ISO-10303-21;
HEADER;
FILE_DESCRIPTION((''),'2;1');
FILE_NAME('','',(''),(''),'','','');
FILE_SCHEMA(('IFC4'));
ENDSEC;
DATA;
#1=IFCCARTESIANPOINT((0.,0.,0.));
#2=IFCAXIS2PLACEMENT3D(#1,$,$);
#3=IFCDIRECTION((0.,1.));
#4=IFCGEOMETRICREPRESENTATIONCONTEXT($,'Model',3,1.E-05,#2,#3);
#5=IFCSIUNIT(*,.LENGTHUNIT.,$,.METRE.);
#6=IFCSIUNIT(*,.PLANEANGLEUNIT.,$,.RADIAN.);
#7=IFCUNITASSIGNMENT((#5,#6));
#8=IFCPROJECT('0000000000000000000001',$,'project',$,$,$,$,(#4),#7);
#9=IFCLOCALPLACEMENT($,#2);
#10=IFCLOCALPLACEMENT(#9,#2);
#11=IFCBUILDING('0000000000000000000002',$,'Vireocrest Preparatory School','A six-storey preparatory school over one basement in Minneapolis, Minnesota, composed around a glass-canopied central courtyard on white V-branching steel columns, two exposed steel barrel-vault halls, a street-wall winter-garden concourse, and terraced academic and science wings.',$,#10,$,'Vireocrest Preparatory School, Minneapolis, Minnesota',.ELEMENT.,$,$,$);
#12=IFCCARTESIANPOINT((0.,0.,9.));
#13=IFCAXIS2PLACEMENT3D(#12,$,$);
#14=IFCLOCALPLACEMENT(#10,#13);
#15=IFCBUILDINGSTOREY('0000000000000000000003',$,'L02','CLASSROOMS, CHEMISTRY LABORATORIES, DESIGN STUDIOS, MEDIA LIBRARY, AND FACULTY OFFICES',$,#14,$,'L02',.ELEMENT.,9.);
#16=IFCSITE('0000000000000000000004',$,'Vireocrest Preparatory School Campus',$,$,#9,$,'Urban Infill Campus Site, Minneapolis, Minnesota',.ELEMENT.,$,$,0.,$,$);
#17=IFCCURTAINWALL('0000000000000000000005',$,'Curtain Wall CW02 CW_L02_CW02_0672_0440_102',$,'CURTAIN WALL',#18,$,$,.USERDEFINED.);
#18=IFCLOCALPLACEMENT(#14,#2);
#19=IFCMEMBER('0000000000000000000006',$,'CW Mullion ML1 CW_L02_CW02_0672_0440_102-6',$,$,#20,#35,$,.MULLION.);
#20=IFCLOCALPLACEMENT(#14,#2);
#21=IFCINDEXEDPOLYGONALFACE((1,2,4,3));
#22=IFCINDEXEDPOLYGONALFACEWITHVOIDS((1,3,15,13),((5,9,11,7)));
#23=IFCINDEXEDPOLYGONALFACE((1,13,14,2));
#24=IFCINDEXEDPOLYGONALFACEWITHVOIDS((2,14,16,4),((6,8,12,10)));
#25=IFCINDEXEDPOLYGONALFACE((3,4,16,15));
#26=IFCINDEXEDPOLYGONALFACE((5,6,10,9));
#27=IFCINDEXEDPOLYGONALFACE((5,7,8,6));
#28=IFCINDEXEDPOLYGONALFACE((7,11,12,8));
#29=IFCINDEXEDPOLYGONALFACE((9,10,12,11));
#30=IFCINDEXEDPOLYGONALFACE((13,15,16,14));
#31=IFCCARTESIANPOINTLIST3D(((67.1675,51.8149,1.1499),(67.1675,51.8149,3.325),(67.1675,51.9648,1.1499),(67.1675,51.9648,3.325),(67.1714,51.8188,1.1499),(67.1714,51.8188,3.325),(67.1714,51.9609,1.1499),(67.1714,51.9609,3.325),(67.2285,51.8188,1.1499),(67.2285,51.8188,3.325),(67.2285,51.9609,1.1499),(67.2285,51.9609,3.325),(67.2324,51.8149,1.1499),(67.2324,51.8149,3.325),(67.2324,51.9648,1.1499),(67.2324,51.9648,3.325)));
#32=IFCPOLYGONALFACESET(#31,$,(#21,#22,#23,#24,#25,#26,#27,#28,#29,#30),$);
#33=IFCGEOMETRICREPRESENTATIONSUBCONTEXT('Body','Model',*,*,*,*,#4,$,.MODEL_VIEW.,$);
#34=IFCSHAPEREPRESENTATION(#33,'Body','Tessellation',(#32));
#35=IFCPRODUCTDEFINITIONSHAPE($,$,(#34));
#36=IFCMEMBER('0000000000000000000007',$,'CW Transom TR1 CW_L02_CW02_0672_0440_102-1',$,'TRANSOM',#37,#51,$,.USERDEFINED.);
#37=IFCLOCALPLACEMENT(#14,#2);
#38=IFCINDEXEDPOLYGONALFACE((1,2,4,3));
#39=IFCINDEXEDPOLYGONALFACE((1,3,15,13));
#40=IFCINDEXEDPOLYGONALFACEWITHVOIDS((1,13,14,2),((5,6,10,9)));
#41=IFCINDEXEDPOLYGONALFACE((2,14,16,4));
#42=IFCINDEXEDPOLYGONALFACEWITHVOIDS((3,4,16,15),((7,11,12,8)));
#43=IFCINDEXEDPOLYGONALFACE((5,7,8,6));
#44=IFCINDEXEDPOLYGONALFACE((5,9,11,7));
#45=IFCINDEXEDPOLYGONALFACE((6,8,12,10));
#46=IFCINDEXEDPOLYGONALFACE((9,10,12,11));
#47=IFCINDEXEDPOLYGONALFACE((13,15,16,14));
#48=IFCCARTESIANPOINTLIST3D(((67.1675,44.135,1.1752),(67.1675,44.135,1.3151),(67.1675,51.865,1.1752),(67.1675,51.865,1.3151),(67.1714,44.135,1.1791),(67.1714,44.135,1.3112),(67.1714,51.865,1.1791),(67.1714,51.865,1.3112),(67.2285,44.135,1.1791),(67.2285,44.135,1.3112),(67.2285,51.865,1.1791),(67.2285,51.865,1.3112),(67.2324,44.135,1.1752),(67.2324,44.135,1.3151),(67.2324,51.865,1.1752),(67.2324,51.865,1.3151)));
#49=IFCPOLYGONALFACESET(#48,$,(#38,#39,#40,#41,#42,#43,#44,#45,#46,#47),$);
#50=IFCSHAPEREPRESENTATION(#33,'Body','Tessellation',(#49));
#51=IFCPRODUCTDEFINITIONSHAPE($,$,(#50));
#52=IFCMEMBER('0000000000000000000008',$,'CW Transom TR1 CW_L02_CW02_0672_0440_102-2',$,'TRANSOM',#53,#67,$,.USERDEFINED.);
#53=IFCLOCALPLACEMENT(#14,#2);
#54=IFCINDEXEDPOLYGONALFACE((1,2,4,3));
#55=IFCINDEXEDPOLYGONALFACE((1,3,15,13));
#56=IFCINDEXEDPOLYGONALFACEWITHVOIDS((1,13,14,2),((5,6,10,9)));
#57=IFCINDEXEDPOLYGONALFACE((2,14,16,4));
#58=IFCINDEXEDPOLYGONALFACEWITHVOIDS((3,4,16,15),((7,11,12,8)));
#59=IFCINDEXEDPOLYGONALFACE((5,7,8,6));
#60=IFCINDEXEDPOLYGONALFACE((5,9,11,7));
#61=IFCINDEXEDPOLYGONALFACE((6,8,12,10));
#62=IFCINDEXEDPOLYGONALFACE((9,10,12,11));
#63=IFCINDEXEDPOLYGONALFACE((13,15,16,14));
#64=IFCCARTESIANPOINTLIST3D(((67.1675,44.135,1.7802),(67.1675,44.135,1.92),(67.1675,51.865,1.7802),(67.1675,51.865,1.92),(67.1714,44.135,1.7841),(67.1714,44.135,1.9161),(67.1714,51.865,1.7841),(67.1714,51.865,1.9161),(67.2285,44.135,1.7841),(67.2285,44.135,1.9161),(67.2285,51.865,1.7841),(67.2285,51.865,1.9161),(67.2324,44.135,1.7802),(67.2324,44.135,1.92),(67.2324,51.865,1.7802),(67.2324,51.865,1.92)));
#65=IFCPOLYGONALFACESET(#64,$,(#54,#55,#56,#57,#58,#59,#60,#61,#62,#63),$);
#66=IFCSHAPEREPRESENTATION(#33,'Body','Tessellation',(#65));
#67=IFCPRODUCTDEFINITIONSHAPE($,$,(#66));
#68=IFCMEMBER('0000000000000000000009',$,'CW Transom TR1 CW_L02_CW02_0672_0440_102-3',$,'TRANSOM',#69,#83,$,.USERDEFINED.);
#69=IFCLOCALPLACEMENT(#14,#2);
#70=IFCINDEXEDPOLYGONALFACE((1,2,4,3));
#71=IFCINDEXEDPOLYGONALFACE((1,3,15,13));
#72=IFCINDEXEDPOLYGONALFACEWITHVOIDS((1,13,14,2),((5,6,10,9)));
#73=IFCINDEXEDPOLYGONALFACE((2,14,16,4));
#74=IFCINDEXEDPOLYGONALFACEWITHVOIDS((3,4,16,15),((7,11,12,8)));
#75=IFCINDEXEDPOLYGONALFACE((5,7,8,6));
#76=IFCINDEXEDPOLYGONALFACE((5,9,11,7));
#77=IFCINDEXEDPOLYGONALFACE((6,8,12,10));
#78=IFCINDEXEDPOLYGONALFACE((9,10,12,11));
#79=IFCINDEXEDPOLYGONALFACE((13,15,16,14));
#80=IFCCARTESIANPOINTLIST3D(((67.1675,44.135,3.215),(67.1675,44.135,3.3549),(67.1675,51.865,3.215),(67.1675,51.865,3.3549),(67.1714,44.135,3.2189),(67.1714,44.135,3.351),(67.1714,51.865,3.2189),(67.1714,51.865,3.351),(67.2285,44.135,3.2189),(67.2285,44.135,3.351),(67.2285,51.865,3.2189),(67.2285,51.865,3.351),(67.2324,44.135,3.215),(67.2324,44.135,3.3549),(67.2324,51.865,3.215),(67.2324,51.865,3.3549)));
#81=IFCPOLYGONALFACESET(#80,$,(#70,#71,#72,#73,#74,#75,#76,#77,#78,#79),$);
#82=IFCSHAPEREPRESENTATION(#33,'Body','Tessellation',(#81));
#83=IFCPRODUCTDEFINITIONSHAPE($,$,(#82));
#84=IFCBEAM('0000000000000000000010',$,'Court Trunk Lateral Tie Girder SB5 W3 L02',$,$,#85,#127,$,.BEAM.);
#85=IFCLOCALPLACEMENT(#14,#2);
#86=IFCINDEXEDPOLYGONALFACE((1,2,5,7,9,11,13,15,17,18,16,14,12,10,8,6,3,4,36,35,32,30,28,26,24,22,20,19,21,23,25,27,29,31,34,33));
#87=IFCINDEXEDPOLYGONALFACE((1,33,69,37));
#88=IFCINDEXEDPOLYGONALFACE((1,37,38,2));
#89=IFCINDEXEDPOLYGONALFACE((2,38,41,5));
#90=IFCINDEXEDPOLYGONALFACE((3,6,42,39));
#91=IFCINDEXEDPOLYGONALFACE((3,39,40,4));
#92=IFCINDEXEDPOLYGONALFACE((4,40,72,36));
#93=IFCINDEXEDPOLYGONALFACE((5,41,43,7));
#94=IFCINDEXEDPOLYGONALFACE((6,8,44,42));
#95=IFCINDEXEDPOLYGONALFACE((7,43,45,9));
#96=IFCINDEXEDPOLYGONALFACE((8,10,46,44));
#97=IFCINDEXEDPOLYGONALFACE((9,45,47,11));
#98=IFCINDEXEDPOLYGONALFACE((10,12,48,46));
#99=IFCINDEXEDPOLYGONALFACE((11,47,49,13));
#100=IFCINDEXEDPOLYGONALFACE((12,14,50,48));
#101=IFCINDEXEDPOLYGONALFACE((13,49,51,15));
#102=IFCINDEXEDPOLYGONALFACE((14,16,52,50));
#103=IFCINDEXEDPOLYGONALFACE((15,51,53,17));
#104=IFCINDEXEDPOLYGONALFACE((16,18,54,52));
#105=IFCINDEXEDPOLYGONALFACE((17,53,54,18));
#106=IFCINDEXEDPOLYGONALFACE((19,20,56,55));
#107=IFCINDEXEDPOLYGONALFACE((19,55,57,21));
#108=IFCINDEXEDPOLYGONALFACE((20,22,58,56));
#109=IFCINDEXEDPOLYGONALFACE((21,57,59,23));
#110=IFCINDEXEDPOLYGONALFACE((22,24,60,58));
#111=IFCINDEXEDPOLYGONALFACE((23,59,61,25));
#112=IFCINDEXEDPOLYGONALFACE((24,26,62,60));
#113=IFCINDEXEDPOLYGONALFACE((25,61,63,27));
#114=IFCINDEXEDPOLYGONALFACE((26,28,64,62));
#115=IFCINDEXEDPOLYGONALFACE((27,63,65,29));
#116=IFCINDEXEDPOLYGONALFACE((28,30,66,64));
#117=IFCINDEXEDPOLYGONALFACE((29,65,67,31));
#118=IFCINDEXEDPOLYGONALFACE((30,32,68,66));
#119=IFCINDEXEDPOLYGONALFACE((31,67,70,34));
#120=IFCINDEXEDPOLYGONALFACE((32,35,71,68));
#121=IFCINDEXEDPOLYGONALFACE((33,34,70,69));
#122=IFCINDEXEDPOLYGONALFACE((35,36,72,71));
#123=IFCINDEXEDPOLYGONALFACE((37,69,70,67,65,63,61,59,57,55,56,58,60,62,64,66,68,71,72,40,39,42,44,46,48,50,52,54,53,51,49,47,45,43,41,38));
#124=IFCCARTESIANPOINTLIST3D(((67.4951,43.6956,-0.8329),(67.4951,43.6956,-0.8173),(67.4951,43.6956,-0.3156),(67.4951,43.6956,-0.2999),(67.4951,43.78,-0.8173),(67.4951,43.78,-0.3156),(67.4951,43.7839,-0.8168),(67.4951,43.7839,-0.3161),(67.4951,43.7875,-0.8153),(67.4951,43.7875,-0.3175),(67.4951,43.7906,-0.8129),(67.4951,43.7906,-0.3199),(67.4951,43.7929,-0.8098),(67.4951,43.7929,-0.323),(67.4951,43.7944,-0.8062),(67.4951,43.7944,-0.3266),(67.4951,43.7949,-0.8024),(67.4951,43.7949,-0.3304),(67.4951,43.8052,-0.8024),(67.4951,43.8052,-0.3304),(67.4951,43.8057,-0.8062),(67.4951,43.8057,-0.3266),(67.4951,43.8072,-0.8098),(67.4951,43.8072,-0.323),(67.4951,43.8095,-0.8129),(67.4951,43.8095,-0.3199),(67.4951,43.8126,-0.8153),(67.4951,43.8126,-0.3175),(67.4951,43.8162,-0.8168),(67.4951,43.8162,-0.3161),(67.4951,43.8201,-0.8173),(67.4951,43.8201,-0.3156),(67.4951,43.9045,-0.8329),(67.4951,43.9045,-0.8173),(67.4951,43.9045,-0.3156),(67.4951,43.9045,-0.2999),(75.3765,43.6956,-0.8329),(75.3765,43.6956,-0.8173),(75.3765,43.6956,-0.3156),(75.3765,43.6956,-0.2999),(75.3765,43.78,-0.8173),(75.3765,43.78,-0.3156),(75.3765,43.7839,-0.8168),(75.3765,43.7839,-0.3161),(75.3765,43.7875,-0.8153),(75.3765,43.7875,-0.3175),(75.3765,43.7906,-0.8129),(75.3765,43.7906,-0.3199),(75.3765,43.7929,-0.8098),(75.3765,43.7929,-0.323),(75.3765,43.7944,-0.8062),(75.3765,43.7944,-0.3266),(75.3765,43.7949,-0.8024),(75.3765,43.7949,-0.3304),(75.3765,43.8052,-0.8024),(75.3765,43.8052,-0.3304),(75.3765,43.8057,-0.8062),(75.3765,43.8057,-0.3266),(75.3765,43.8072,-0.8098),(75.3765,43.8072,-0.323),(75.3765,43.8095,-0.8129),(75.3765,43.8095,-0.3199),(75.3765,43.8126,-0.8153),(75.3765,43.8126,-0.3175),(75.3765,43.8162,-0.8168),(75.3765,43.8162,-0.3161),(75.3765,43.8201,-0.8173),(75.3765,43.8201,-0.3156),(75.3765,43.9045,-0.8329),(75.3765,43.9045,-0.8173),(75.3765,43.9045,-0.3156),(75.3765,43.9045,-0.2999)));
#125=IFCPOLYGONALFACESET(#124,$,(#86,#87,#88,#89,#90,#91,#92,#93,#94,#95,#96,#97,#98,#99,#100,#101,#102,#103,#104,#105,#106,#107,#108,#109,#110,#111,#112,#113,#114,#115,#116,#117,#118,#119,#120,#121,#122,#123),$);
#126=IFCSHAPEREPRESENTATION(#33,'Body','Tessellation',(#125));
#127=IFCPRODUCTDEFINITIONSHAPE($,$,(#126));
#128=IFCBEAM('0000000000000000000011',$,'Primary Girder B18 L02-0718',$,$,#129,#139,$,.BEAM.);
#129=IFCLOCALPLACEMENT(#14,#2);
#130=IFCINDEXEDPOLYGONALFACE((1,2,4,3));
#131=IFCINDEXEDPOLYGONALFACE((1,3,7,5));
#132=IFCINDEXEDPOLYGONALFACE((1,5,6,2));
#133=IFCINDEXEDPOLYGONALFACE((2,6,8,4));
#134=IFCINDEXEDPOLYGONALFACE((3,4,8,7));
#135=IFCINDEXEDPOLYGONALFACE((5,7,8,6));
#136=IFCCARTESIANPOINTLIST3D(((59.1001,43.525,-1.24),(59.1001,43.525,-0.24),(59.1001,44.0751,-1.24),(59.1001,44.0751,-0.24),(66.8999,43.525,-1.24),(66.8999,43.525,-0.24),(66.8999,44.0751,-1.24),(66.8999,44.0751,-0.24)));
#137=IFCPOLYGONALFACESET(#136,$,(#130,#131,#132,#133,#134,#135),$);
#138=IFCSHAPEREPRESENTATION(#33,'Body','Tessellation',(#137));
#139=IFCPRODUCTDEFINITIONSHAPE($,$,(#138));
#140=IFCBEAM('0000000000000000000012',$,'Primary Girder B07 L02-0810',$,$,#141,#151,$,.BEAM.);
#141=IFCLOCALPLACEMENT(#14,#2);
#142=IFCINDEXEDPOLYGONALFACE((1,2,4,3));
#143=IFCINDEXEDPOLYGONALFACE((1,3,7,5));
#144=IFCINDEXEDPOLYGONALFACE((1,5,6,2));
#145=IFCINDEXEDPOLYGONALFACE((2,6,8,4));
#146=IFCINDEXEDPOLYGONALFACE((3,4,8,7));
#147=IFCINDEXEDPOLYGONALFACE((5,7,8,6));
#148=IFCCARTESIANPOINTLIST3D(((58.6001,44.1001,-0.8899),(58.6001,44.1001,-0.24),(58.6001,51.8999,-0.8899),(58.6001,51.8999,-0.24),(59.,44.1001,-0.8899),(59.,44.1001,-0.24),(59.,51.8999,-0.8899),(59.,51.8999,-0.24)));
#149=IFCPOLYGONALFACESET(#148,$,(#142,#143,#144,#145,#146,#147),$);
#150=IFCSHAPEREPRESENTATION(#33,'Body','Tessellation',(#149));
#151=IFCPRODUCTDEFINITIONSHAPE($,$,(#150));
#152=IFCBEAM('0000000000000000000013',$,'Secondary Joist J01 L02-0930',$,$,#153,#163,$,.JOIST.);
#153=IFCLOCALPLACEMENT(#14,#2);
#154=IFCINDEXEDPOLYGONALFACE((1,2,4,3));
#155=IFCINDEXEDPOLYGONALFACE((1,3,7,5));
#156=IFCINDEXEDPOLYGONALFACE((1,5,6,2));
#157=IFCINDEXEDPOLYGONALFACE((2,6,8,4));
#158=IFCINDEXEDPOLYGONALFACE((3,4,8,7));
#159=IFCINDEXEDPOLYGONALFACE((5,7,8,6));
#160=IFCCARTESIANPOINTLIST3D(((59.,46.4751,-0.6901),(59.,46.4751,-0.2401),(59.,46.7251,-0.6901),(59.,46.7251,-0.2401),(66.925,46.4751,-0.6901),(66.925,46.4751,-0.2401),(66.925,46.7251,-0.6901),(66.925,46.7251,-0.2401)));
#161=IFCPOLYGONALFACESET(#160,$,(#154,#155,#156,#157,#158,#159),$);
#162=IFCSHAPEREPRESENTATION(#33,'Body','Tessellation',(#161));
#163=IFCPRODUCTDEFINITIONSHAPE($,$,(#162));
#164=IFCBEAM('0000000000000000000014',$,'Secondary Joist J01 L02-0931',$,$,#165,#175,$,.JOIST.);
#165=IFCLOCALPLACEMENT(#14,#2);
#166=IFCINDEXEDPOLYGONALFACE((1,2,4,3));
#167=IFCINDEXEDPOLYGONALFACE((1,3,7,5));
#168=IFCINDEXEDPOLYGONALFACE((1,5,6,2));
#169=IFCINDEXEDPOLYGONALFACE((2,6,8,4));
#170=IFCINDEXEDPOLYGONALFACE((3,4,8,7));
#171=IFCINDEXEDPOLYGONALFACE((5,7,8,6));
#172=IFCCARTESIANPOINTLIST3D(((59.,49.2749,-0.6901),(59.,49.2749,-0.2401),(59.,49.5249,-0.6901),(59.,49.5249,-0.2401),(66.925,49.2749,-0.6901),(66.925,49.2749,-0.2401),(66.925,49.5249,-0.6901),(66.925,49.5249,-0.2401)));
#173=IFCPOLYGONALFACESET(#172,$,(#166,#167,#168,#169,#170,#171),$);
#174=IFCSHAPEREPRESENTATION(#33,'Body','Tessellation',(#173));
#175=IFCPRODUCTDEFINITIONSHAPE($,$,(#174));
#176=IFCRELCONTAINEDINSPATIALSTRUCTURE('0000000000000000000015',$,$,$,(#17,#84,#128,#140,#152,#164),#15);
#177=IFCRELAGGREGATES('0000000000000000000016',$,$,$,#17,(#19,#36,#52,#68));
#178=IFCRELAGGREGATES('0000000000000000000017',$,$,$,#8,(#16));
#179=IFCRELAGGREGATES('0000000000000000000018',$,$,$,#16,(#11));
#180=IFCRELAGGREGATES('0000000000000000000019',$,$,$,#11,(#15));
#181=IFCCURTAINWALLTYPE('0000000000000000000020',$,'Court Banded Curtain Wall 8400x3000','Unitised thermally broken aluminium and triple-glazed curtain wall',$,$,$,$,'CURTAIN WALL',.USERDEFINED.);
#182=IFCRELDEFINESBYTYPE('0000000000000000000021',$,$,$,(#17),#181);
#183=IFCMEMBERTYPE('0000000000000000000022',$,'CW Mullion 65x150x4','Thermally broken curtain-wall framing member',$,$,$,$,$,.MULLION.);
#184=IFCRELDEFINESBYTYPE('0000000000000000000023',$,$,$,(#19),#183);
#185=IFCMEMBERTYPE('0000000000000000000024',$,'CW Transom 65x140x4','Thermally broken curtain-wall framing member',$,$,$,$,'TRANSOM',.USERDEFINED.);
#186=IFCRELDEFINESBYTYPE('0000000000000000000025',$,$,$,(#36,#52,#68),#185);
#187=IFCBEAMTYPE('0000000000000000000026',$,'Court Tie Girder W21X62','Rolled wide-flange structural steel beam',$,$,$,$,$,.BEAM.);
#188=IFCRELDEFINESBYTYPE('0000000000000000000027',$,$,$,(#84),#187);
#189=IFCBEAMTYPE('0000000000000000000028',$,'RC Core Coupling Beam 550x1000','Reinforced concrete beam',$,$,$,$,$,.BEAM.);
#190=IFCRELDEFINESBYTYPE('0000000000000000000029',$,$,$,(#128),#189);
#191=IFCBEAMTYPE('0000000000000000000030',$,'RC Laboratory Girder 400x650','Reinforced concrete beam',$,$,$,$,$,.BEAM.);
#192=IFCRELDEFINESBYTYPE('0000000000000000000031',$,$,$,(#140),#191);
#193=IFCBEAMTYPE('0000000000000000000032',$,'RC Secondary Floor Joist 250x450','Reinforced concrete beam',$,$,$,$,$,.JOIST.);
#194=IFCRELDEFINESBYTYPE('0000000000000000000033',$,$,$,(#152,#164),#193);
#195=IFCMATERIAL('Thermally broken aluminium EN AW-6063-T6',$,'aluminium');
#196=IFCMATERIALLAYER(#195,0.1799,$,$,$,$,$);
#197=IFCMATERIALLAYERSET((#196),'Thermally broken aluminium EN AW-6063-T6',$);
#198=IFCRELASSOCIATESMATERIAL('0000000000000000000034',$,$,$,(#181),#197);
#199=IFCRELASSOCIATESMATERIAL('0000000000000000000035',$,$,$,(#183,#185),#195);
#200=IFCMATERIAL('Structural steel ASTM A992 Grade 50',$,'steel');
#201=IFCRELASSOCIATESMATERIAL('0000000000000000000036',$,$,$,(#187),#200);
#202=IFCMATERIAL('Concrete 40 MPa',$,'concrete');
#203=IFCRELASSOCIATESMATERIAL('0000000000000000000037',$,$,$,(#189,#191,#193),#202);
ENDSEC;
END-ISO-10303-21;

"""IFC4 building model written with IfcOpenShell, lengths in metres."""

from ifc_helpers import new_model, si_unit, direction, frame, origin, origin_2d, place, context, subcontext, project, spatial, rectangle, hollow_rectangle, i_section, extrude, material, layer, layer_set, material_profile, profile_set, type_object, element, aggregate, save


model = new_model("IFC4")

# Units and contexts
model_context = context("Model", 3, precision=1e-05, world=origin(), true_north=direction((0.0, 1.0)))
body_context = subcontext(model_context, "Body", "Model", "MODEL_VIEW")
ifc_project = project(units=[si_unit("LENGTHUNIT", "METRE"), si_unit("PLANEANGLEUNIT", "RADIAN")], contexts=[model_context])

# Site, building, storey
site_placement = place(None, origin())
site = spatial("IfcSite", under=ifc_project, at=site_placement, Name="Vireocrest Preparatory School Campus", LongName="Urban Infill Campus Site, Minneapolis, Minnesota", CompositionType="ELEMENT", RefElevation=0.0)
building_placement = place(site_placement, origin())
building = spatial("IfcBuilding", under=site, at=building_placement, Name="Vireocrest Preparatory School", Description="A six-storey preparatory school over one basement in Minneapolis, Minnesota, composed around a glass-canopied central courtyard on white V-branching steel columns, two exposed steel barrel-vault halls, a street-wall winter-garden concourse, and terraced academic and science wings.", LongName="Vireocrest Preparatory School, Minneapolis, Minnesota", CompositionType="ELEMENT")
storey_placement = place(building_placement, frame((0.0, 0.0, 9.0)))
storey = spatial("IfcBuildingStorey", under=building, at=storey_placement, Name="L02", Description="CLASSROOMS, CHEMISTRY LABORATORIES, DESIGN STUDIOS, MEDIA LIBRARY, AND FACULTY OFFICES", LongName="L02", CompositionType="ELEMENT", Elevation=9.0)

# Shared definitions
ifc_material_1 = material(Name="Thermally broken aluminium EN AW-6063-T6", Category="aluminium")
ifc_layer_1 = layer(ifc_material_1, 0.1799)
ifc_layer_set_1 = layer_set([ifc_layer_1], Name="Thermally broken aluminium EN AW-6063-T6")
curtain_wall_type = type_object("IfcCurtainWallType", Name="Court Banded Curtain Wall 8400x3000", Description="Unitised thermally broken aluminium and triple-glazed curtain wall", ElementType="CURTAIN WALL", PredefinedType="USERDEFINED", material=ifc_layer_set_1)
ifc_material_profile_1 = material_profile(ifc_material_1, hollow_rectangle(XDim=0.0649, YDim=0.1499, WallThickness=0.0039, at=origin_2d()), Name="ALU 65x150x4")
ifc_profile_set_1 = profile_set([ifc_material_profile_1], Name="Thermally broken aluminium EN AW-6063-T6")
member_type_1 = type_object("IfcMemberType", Name="CW Mullion 65x150x4", Description="Thermally broken curtain-wall framing member", PredefinedType="MULLION", material=ifc_profile_set_1)

# Curtain wall, members
curtain_wall_1_placement = place(storey_placement, origin())
curtain_wall_1 = element("IfcCurtainWall", 1, at=curtain_wall_1_placement, inside=storey, type_object=curtain_wall_type, Name="Curtain Wall CW02 CW_L02_CW02_0672_0440_102", ObjectType="CURTAIN WALL", PredefinedType="USERDEFINED")
member_1_placement = place(storey_placement, frame((67.2, 51.8899, 1.1499), z_axis=(0.0, 0.0, 1.0), x_axis=(1.0, 0.0, 0.0)))
member_1 = element("IfcMember", 2, at=member_1_placement, type_object=member_type_1, Name="CW Mullion ML1 CW_L02_CW02_0672_0440_102-6", PredefinedType="MULLION", context=body_context, shape_type="SweptSolid", body=[
    extrude(hollow_rectangle(XDim=0.0649, YDim=0.1499, WallThickness=0.0039, at=origin_2d()), origin(), (0.0, 0.0, 1.0), 2.175),
])
ifc_material_profile_2 = material_profile(ifc_material_1, hollow_rectangle(XDim=0.0649, YDim=0.1399, WallThickness=0.0039, at=origin_2d()), Name="ALU 65x140x4")
ifc_profile_set_2 = profile_set([ifc_material_profile_2], Name="Thermally broken aluminium EN AW-6063-T6")
member_type_2 = type_object("IfcMemberType", Name="CW Transom 65x140x4", Description="Thermally broken curtain-wall framing member", ElementType="TRANSOM", PredefinedType="USERDEFINED", material=ifc_profile_set_2)
member_2_placement = place(storey_placement, frame((67.2, 44.135, 1.2451), z_axis=(0.0, 1.0, 0.0), x_axis=(-1.0, 0.0, 0.0)))
member_2 = element("IfcMember", 3, at=member_2_placement, type_object=member_type_2, Name="CW Transom TR1 CW_L02_CW02_0672_0440_102-1", ObjectType="TRANSOM", PredefinedType="USERDEFINED", context=body_context, shape_type="SweptSolid", body=[
    extrude(hollow_rectangle(XDim=0.0649, YDim=0.1399, WallThickness=0.0039, at=origin_2d()), origin(), (0.0, 0.0, 1.0), 7.73),
])
member_3_placement = place(storey_placement, frame((67.2, 44.135, 1.8501), z_axis=(0.0, 1.0, 0.0), x_axis=(-1.0, 0.0, 0.0)))
member_3 = element("IfcMember", 4, at=member_3_placement, type_object=member_type_2, Name="CW Transom TR1 CW_L02_CW02_0672_0440_102-2", ObjectType="TRANSOM", PredefinedType="USERDEFINED", context=body_context, shape_type="SweptSolid", body=[
    extrude(hollow_rectangle(XDim=0.0649, YDim=0.1399, WallThickness=0.0039, at=origin_2d()), origin(), (0.0, 0.0, 1.0), 7.73),
])
member_4_placement = place(storey_placement, frame((67.2, 44.135, 3.2849), z_axis=(0.0, 1.0, 0.0), x_axis=(-1.0, 0.0, 0.0)))
member_4 = element("IfcMember", 5, at=member_4_placement, type_object=member_type_2, Name="CW Transom TR1 CW_L02_CW02_0672_0440_102-3", ObjectType="TRANSOM", PredefinedType="USERDEFINED", context=body_context, shape_type="SweptSolid", body=[
    extrude(hollow_rectangle(XDim=0.0649, YDim=0.1399, WallThickness=0.0039, at=origin_2d()), origin(), (0.0, 0.0, 1.0), 7.73),
])

# Beams
ifc_material_2 = material(Name="Structural steel ASTM A992 Grade 50", Category="steel")
ifc_material_profile_3 = material_profile(ifc_material_2, i_section(OverallWidth=0.209, OverallDepth=0.533, WebThickness=0.0103, FlangeThickness=0.0156, FilletRadius=0.0149, at=origin_2d()), Name="W21X62")
ifc_profile_set_3 = profile_set([ifc_material_profile_3], Name="Structural steel ASTM A992 Grade 50")
beam_type_1 = type_object("IfcBeamType", Name="Court Tie Girder W21X62", Description="Rolled wide-flange structural steel beam", PredefinedType="BEAM", material=ifc_profile_set_3)
beam_1_placement = place(storey_placement, frame((67.4951, 43.8, -0.5664), z_axis=(1.0, 0.0, 0.0), x_axis=(0.0, 1.0, 0.0)))
element("IfcBeam", 6, at=beam_1_placement, inside=storey, type_object=beam_type_1, Name="Court Trunk Lateral Tie Girder SB5 W3 L02", PredefinedType="BEAM", context=body_context, shape_type="SweptSolid", body=[
    extrude(i_section(OverallWidth=0.209, OverallDepth=0.533, WebThickness=0.0103, FlangeThickness=0.0156, FilletRadius=0.0149, at=origin_2d()), origin(), (0.0, 0.0, 1.0), 7.8813),
])
ifc_material_3 = material(Name="Concrete 40 MPa", Category="concrete")
ifc_material_profile_4 = material_profile(ifc_material_3, rectangle(XDim=0.55, YDim=1.0, at=origin_2d()), Name="RC 550x1000")
ifc_profile_set_4 = profile_set([ifc_material_profile_4], Name="Concrete 40 MPa")
beam_type_2 = type_object("IfcBeamType", Name="RC Core Coupling Beam 550x1000", Description="Reinforced concrete beam", PredefinedType="BEAM", material=ifc_profile_set_4)
beam_2_placement = place(storey_placement, frame((59.1001, 43.8, -0.74), z_axis=(1.0, 0.0, 0.0), x_axis=(0.0, 1.0, 0.0)))
element("IfcBeam", 7, at=beam_2_placement, inside=storey, type_object=beam_type_2, Name="Primary Girder B18 L02-0718", PredefinedType="BEAM", context=body_context, shape_type="SweptSolid", body=[
    extrude(rectangle(XDim=0.55, YDim=1.0, at=origin_2d()), origin(), (0.0, 0.0, 1.0), 7.7998),
])
ifc_material_profile_5 = material_profile(ifc_material_3, rectangle(XDim=0.3999, YDim=0.6499, at=origin_2d()), Name="RC 400x650")
ifc_profile_set_5 = profile_set([ifc_material_profile_5], Name="Concrete 40 MPa")
beam_type_3 = type_object("IfcBeamType", Name="RC Laboratory Girder 400x650", Description="Reinforced concrete beam", PredefinedType="BEAM", material=ifc_profile_set_5)
beam_3_placement = place(storey_placement, frame((58.8, 44.1001, -0.5649), z_axis=(0.0, 1.0, 0.0), x_axis=(-1.0, 0.0, 0.0)))
element("IfcBeam", 8, at=beam_3_placement, inside=storey, type_object=beam_type_3, Name="Primary Girder B07 L02-0810", PredefinedType="BEAM", context=body_context, shape_type="SweptSolid", body=[
    extrude(rectangle(XDim=0.3999, YDim=0.6499, at=origin_2d()), origin(), (0.0, 0.0, 1.0), 7.7998),
])
ifc_material_profile_6 = material_profile(ifc_material_3, rectangle(XDim=0.25, YDim=0.45, at=origin_2d()), Name="RC 250x450")
ifc_profile_set_6 = profile_set([ifc_material_profile_6], Name="Concrete 40 MPa")
beam_type_4 = type_object("IfcBeamType", Name="RC Secondary Floor Joist 250x450", Description="Reinforced concrete beam", PredefinedType="JOIST", material=ifc_profile_set_6)
for number, where, z_axis, x_axis, name in (
    (9, (59.0, 46.6001, -0.4651), (1.0, 0.0, 0.0), (0.0, 1.0, 0.0), "Secondary Joist J01 L02-0930"),
    (10, (59.0, 49.3999, -0.4651), (1.0, 0.0, 0.0), (0.0, 1.0, 0.0), "Secondary Joist J01 L02-0931"),
):
    element("IfcBeam", number, at=place(storey_placement, frame(where, z_axis=z_axis, x_axis=x_axis)), inside=storey, type_object=beam_type_4, Name=name, PredefinedType="JOIST", context=body_context, shape_type="SweptSolid", body=[
        extrude(rectangle(XDim=0.25, YDim=0.45, at=origin_2d()), origin(), (0.0, 0.0, 1.0), 7.925),
    ])

aggregate(curtain_wall_1, [member_1, member_2, member_3, member_4])

save(model, "model.ifc")
